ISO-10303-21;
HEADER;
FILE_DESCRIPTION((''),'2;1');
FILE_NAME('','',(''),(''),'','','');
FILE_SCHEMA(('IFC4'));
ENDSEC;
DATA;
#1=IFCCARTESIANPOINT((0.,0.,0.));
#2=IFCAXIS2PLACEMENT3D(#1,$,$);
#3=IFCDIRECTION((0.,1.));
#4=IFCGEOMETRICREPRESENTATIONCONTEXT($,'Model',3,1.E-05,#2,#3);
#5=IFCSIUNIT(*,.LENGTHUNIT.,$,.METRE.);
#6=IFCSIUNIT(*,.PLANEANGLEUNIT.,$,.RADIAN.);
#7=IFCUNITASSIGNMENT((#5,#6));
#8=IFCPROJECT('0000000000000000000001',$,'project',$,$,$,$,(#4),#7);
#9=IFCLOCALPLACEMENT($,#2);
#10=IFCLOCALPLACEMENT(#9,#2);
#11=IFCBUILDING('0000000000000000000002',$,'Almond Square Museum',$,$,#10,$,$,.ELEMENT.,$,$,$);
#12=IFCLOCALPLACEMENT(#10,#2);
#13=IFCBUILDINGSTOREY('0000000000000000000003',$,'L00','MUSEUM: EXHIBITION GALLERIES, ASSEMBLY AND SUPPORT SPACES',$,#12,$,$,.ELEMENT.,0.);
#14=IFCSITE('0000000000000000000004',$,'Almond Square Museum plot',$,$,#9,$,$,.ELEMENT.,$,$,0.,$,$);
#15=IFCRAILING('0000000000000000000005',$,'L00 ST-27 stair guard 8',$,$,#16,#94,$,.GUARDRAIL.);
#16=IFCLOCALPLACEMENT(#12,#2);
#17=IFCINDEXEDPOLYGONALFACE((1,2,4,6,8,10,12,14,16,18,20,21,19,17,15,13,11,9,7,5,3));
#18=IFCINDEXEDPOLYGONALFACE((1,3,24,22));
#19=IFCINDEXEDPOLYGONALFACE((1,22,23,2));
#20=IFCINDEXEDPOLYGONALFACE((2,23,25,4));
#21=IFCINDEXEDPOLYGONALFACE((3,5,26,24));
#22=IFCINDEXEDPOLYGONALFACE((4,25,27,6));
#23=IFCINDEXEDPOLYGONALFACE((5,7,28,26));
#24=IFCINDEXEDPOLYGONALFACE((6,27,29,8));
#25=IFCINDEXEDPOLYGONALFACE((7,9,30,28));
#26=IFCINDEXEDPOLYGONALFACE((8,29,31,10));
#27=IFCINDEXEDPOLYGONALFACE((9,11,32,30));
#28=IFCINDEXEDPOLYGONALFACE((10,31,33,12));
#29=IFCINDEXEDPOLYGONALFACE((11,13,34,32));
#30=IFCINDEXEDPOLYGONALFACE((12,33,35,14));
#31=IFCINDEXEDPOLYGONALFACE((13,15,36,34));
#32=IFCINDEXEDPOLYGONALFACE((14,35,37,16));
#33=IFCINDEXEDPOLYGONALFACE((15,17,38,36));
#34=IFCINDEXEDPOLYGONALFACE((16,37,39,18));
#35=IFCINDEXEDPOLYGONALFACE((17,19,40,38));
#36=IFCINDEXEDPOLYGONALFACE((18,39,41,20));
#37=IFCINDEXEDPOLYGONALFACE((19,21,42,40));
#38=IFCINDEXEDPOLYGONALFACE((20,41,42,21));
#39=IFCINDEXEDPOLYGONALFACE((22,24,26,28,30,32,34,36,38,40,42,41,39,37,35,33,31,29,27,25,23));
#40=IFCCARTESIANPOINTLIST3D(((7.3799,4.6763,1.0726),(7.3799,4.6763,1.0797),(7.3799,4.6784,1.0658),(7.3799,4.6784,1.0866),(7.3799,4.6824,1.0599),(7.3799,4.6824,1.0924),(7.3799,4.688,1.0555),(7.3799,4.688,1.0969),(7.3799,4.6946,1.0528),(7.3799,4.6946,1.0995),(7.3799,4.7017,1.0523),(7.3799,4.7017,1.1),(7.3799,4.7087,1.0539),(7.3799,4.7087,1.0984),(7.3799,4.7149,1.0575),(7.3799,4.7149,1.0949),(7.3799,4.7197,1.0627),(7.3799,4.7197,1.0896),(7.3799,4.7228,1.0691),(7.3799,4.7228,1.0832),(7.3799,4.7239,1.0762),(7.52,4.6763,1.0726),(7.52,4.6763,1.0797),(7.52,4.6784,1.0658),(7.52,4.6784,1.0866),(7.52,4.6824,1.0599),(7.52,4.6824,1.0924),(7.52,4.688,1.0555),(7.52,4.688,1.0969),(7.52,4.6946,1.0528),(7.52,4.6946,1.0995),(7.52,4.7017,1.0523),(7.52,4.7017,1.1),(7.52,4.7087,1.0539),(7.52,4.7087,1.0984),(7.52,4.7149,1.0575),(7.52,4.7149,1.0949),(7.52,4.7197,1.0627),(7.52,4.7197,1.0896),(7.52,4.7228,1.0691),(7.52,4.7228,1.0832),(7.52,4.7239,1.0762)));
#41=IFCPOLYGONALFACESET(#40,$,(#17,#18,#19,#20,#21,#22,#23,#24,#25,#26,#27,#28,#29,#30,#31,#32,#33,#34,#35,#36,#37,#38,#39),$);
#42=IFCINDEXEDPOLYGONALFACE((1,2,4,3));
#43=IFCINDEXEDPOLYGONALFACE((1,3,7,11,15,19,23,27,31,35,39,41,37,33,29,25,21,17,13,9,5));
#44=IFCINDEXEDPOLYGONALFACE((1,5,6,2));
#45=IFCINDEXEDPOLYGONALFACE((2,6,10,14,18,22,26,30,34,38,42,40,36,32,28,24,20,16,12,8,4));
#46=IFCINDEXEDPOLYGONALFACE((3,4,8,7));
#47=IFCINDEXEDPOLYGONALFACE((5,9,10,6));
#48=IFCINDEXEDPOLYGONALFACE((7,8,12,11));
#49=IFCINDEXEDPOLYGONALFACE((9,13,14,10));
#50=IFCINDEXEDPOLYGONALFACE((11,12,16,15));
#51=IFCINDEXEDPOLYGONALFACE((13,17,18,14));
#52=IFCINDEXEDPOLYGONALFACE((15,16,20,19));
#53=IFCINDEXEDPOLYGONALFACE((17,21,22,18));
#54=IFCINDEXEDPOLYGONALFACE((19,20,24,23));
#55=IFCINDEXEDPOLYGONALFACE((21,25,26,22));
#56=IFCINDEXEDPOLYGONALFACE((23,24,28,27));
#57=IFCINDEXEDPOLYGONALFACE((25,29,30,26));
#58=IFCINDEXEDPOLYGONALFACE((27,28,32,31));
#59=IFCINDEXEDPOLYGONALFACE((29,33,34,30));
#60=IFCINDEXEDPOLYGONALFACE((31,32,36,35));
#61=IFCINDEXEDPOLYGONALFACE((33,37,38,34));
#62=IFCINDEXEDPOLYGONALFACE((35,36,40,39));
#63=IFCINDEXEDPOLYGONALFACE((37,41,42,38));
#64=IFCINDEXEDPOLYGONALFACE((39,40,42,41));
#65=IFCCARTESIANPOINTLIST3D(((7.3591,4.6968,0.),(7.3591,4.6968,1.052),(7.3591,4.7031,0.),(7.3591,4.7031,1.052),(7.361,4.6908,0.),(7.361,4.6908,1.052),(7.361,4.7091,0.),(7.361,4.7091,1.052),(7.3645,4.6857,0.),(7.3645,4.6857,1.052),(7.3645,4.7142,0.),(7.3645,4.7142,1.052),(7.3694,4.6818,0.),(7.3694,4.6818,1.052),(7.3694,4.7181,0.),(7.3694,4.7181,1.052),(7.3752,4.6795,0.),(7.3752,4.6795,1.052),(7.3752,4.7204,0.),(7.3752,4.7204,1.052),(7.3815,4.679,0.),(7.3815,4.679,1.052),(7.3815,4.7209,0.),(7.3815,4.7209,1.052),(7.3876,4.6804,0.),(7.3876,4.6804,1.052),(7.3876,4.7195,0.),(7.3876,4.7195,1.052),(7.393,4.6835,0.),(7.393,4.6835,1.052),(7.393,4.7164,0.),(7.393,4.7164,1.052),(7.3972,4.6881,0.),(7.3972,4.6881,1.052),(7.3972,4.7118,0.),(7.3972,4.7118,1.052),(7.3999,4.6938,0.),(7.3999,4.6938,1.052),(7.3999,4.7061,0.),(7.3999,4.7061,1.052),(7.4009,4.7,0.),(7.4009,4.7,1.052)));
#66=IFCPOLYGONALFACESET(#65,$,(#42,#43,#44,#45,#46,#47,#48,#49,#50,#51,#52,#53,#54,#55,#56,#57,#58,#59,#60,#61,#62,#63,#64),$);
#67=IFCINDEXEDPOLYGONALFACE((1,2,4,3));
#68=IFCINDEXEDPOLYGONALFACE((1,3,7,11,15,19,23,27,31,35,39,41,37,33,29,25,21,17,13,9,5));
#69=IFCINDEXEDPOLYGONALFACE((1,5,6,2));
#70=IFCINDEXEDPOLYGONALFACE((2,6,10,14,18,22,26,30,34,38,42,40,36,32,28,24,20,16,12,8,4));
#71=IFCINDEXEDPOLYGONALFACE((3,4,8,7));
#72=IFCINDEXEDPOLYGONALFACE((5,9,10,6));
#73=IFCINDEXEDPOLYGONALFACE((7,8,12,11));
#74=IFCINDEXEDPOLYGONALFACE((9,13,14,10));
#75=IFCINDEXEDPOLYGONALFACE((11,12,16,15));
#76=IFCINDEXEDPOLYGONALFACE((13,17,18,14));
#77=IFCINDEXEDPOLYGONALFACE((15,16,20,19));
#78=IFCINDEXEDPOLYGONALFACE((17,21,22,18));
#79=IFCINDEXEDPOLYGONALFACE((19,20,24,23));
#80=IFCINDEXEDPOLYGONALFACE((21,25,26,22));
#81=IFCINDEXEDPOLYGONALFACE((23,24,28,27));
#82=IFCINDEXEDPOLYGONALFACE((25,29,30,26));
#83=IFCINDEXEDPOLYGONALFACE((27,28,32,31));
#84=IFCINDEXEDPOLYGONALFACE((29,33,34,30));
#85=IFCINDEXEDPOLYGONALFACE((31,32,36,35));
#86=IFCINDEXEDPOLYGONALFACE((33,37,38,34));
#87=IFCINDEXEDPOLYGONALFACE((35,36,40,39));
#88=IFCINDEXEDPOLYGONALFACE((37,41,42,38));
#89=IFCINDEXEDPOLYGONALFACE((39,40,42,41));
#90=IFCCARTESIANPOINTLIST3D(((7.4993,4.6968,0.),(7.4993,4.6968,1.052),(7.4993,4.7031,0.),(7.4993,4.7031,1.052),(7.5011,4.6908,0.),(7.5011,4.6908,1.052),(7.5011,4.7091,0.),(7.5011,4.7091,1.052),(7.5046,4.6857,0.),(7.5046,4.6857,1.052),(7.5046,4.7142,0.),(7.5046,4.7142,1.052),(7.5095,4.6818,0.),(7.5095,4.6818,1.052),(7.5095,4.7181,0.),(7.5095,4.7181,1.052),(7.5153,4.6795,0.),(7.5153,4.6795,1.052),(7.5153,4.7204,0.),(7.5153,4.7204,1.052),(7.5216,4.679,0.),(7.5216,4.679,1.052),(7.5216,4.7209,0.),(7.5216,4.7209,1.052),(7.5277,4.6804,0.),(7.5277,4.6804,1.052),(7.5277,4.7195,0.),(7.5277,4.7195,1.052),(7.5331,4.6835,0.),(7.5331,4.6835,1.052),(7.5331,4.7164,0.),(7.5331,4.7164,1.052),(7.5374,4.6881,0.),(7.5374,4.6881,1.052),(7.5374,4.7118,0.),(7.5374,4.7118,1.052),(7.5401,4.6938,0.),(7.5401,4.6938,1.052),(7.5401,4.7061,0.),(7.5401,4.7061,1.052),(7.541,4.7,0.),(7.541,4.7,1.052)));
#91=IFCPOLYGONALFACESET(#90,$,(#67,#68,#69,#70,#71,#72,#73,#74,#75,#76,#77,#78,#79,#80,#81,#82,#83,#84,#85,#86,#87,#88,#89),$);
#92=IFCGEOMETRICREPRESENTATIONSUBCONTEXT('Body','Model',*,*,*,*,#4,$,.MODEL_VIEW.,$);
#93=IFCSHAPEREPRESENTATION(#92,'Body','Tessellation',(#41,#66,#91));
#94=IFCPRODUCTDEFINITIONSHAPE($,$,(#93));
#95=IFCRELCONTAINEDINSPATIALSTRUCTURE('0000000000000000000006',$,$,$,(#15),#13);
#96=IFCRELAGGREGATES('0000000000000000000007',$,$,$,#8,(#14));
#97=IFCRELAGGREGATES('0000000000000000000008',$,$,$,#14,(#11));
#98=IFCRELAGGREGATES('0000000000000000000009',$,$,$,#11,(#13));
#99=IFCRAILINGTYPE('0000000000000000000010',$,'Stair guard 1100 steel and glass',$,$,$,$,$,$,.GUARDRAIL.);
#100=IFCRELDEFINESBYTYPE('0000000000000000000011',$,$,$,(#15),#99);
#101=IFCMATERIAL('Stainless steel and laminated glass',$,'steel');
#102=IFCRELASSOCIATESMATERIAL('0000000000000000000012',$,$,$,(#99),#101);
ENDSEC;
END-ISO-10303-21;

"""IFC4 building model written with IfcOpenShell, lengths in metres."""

from ifc_helpers import new_model, si_unit, direction, frame, origin, origin_2d, place, context, subcontext, project, spatial, circle, extrude, material, type_object, element, save


model = new_model("IFC4")

# Units and contexts
model_context = context("Model", 3, precision=1e-05, world=origin(), true_north=direction((0.0, 1.0)))
body_context = subcontext(model_context, "Body", "Model", "MODEL_VIEW")
ifc_project = project(units=[si_unit("LENGTHUNIT", "METRE"), si_unit("PLANEANGLEUNIT", "RADIAN")], contexts=[model_context])

# Site, building, storey
site_placement = place(None, origin())
site = spatial("IfcSite", under=ifc_project, at=site_placement, Name="Almond Square Museum plot", CompositionType="ELEMENT", RefElevation=0.0)
building_placement = place(site_placement, origin())
building = spatial("IfcBuilding", under=site, at=building_placement, Name="Almond Square Museum", CompositionType="ELEMENT")
storey_placement = place(building_placement, origin())
storey = spatial("IfcBuildingStorey", under=building, at=storey_placement, Name="L00", Description="MUSEUM: EXHIBITION GALLERIES, ASSEMBLY AND SUPPORT SPACES", CompositionType="ELEMENT", Elevation=0.0)

# Railing
ifc_material_1 = material(Name="Stainless steel and laminated glass", Category="steel")
railing_type_1 = type_object("IfcRailingType", Name="Stair guard 1100 steel and glass", PredefinedType="GUARDRAIL", material=ifc_material_1)
railing_1_placement = place(storey_placement, frame((7.3799, 4.7, 0.0)))
element("IfcRailing", 1, at=railing_1_placement, inside=storey, type_object=railing_type_1, Name="L00 ST-27 stair guard 8", PredefinedType="GUARDRAIL", context=body_context, shape_type="SweptSolid", body=[
    extrude(circle(Radius=0.0239, at=origin_2d()), frame((0.0, 0.0, 1.0762), z_axis=(1.0, 0.0, 0.0), x_axis=(0.0, 1.0, 0.0)), (0.0, 0.0, 1.0), 0.1401),
    extrude(circle(Radius=0.021, at=origin_2d()), origin(), (0.0, 0.0, 1.0), 1.052),
    extrude(circle(Radius=0.021, at=origin_2d()), frame((0.1401, 0.0, 0.0)), (0.0, 0.0, 1.0), 1.052),
])

save(model, "model.ifc")
